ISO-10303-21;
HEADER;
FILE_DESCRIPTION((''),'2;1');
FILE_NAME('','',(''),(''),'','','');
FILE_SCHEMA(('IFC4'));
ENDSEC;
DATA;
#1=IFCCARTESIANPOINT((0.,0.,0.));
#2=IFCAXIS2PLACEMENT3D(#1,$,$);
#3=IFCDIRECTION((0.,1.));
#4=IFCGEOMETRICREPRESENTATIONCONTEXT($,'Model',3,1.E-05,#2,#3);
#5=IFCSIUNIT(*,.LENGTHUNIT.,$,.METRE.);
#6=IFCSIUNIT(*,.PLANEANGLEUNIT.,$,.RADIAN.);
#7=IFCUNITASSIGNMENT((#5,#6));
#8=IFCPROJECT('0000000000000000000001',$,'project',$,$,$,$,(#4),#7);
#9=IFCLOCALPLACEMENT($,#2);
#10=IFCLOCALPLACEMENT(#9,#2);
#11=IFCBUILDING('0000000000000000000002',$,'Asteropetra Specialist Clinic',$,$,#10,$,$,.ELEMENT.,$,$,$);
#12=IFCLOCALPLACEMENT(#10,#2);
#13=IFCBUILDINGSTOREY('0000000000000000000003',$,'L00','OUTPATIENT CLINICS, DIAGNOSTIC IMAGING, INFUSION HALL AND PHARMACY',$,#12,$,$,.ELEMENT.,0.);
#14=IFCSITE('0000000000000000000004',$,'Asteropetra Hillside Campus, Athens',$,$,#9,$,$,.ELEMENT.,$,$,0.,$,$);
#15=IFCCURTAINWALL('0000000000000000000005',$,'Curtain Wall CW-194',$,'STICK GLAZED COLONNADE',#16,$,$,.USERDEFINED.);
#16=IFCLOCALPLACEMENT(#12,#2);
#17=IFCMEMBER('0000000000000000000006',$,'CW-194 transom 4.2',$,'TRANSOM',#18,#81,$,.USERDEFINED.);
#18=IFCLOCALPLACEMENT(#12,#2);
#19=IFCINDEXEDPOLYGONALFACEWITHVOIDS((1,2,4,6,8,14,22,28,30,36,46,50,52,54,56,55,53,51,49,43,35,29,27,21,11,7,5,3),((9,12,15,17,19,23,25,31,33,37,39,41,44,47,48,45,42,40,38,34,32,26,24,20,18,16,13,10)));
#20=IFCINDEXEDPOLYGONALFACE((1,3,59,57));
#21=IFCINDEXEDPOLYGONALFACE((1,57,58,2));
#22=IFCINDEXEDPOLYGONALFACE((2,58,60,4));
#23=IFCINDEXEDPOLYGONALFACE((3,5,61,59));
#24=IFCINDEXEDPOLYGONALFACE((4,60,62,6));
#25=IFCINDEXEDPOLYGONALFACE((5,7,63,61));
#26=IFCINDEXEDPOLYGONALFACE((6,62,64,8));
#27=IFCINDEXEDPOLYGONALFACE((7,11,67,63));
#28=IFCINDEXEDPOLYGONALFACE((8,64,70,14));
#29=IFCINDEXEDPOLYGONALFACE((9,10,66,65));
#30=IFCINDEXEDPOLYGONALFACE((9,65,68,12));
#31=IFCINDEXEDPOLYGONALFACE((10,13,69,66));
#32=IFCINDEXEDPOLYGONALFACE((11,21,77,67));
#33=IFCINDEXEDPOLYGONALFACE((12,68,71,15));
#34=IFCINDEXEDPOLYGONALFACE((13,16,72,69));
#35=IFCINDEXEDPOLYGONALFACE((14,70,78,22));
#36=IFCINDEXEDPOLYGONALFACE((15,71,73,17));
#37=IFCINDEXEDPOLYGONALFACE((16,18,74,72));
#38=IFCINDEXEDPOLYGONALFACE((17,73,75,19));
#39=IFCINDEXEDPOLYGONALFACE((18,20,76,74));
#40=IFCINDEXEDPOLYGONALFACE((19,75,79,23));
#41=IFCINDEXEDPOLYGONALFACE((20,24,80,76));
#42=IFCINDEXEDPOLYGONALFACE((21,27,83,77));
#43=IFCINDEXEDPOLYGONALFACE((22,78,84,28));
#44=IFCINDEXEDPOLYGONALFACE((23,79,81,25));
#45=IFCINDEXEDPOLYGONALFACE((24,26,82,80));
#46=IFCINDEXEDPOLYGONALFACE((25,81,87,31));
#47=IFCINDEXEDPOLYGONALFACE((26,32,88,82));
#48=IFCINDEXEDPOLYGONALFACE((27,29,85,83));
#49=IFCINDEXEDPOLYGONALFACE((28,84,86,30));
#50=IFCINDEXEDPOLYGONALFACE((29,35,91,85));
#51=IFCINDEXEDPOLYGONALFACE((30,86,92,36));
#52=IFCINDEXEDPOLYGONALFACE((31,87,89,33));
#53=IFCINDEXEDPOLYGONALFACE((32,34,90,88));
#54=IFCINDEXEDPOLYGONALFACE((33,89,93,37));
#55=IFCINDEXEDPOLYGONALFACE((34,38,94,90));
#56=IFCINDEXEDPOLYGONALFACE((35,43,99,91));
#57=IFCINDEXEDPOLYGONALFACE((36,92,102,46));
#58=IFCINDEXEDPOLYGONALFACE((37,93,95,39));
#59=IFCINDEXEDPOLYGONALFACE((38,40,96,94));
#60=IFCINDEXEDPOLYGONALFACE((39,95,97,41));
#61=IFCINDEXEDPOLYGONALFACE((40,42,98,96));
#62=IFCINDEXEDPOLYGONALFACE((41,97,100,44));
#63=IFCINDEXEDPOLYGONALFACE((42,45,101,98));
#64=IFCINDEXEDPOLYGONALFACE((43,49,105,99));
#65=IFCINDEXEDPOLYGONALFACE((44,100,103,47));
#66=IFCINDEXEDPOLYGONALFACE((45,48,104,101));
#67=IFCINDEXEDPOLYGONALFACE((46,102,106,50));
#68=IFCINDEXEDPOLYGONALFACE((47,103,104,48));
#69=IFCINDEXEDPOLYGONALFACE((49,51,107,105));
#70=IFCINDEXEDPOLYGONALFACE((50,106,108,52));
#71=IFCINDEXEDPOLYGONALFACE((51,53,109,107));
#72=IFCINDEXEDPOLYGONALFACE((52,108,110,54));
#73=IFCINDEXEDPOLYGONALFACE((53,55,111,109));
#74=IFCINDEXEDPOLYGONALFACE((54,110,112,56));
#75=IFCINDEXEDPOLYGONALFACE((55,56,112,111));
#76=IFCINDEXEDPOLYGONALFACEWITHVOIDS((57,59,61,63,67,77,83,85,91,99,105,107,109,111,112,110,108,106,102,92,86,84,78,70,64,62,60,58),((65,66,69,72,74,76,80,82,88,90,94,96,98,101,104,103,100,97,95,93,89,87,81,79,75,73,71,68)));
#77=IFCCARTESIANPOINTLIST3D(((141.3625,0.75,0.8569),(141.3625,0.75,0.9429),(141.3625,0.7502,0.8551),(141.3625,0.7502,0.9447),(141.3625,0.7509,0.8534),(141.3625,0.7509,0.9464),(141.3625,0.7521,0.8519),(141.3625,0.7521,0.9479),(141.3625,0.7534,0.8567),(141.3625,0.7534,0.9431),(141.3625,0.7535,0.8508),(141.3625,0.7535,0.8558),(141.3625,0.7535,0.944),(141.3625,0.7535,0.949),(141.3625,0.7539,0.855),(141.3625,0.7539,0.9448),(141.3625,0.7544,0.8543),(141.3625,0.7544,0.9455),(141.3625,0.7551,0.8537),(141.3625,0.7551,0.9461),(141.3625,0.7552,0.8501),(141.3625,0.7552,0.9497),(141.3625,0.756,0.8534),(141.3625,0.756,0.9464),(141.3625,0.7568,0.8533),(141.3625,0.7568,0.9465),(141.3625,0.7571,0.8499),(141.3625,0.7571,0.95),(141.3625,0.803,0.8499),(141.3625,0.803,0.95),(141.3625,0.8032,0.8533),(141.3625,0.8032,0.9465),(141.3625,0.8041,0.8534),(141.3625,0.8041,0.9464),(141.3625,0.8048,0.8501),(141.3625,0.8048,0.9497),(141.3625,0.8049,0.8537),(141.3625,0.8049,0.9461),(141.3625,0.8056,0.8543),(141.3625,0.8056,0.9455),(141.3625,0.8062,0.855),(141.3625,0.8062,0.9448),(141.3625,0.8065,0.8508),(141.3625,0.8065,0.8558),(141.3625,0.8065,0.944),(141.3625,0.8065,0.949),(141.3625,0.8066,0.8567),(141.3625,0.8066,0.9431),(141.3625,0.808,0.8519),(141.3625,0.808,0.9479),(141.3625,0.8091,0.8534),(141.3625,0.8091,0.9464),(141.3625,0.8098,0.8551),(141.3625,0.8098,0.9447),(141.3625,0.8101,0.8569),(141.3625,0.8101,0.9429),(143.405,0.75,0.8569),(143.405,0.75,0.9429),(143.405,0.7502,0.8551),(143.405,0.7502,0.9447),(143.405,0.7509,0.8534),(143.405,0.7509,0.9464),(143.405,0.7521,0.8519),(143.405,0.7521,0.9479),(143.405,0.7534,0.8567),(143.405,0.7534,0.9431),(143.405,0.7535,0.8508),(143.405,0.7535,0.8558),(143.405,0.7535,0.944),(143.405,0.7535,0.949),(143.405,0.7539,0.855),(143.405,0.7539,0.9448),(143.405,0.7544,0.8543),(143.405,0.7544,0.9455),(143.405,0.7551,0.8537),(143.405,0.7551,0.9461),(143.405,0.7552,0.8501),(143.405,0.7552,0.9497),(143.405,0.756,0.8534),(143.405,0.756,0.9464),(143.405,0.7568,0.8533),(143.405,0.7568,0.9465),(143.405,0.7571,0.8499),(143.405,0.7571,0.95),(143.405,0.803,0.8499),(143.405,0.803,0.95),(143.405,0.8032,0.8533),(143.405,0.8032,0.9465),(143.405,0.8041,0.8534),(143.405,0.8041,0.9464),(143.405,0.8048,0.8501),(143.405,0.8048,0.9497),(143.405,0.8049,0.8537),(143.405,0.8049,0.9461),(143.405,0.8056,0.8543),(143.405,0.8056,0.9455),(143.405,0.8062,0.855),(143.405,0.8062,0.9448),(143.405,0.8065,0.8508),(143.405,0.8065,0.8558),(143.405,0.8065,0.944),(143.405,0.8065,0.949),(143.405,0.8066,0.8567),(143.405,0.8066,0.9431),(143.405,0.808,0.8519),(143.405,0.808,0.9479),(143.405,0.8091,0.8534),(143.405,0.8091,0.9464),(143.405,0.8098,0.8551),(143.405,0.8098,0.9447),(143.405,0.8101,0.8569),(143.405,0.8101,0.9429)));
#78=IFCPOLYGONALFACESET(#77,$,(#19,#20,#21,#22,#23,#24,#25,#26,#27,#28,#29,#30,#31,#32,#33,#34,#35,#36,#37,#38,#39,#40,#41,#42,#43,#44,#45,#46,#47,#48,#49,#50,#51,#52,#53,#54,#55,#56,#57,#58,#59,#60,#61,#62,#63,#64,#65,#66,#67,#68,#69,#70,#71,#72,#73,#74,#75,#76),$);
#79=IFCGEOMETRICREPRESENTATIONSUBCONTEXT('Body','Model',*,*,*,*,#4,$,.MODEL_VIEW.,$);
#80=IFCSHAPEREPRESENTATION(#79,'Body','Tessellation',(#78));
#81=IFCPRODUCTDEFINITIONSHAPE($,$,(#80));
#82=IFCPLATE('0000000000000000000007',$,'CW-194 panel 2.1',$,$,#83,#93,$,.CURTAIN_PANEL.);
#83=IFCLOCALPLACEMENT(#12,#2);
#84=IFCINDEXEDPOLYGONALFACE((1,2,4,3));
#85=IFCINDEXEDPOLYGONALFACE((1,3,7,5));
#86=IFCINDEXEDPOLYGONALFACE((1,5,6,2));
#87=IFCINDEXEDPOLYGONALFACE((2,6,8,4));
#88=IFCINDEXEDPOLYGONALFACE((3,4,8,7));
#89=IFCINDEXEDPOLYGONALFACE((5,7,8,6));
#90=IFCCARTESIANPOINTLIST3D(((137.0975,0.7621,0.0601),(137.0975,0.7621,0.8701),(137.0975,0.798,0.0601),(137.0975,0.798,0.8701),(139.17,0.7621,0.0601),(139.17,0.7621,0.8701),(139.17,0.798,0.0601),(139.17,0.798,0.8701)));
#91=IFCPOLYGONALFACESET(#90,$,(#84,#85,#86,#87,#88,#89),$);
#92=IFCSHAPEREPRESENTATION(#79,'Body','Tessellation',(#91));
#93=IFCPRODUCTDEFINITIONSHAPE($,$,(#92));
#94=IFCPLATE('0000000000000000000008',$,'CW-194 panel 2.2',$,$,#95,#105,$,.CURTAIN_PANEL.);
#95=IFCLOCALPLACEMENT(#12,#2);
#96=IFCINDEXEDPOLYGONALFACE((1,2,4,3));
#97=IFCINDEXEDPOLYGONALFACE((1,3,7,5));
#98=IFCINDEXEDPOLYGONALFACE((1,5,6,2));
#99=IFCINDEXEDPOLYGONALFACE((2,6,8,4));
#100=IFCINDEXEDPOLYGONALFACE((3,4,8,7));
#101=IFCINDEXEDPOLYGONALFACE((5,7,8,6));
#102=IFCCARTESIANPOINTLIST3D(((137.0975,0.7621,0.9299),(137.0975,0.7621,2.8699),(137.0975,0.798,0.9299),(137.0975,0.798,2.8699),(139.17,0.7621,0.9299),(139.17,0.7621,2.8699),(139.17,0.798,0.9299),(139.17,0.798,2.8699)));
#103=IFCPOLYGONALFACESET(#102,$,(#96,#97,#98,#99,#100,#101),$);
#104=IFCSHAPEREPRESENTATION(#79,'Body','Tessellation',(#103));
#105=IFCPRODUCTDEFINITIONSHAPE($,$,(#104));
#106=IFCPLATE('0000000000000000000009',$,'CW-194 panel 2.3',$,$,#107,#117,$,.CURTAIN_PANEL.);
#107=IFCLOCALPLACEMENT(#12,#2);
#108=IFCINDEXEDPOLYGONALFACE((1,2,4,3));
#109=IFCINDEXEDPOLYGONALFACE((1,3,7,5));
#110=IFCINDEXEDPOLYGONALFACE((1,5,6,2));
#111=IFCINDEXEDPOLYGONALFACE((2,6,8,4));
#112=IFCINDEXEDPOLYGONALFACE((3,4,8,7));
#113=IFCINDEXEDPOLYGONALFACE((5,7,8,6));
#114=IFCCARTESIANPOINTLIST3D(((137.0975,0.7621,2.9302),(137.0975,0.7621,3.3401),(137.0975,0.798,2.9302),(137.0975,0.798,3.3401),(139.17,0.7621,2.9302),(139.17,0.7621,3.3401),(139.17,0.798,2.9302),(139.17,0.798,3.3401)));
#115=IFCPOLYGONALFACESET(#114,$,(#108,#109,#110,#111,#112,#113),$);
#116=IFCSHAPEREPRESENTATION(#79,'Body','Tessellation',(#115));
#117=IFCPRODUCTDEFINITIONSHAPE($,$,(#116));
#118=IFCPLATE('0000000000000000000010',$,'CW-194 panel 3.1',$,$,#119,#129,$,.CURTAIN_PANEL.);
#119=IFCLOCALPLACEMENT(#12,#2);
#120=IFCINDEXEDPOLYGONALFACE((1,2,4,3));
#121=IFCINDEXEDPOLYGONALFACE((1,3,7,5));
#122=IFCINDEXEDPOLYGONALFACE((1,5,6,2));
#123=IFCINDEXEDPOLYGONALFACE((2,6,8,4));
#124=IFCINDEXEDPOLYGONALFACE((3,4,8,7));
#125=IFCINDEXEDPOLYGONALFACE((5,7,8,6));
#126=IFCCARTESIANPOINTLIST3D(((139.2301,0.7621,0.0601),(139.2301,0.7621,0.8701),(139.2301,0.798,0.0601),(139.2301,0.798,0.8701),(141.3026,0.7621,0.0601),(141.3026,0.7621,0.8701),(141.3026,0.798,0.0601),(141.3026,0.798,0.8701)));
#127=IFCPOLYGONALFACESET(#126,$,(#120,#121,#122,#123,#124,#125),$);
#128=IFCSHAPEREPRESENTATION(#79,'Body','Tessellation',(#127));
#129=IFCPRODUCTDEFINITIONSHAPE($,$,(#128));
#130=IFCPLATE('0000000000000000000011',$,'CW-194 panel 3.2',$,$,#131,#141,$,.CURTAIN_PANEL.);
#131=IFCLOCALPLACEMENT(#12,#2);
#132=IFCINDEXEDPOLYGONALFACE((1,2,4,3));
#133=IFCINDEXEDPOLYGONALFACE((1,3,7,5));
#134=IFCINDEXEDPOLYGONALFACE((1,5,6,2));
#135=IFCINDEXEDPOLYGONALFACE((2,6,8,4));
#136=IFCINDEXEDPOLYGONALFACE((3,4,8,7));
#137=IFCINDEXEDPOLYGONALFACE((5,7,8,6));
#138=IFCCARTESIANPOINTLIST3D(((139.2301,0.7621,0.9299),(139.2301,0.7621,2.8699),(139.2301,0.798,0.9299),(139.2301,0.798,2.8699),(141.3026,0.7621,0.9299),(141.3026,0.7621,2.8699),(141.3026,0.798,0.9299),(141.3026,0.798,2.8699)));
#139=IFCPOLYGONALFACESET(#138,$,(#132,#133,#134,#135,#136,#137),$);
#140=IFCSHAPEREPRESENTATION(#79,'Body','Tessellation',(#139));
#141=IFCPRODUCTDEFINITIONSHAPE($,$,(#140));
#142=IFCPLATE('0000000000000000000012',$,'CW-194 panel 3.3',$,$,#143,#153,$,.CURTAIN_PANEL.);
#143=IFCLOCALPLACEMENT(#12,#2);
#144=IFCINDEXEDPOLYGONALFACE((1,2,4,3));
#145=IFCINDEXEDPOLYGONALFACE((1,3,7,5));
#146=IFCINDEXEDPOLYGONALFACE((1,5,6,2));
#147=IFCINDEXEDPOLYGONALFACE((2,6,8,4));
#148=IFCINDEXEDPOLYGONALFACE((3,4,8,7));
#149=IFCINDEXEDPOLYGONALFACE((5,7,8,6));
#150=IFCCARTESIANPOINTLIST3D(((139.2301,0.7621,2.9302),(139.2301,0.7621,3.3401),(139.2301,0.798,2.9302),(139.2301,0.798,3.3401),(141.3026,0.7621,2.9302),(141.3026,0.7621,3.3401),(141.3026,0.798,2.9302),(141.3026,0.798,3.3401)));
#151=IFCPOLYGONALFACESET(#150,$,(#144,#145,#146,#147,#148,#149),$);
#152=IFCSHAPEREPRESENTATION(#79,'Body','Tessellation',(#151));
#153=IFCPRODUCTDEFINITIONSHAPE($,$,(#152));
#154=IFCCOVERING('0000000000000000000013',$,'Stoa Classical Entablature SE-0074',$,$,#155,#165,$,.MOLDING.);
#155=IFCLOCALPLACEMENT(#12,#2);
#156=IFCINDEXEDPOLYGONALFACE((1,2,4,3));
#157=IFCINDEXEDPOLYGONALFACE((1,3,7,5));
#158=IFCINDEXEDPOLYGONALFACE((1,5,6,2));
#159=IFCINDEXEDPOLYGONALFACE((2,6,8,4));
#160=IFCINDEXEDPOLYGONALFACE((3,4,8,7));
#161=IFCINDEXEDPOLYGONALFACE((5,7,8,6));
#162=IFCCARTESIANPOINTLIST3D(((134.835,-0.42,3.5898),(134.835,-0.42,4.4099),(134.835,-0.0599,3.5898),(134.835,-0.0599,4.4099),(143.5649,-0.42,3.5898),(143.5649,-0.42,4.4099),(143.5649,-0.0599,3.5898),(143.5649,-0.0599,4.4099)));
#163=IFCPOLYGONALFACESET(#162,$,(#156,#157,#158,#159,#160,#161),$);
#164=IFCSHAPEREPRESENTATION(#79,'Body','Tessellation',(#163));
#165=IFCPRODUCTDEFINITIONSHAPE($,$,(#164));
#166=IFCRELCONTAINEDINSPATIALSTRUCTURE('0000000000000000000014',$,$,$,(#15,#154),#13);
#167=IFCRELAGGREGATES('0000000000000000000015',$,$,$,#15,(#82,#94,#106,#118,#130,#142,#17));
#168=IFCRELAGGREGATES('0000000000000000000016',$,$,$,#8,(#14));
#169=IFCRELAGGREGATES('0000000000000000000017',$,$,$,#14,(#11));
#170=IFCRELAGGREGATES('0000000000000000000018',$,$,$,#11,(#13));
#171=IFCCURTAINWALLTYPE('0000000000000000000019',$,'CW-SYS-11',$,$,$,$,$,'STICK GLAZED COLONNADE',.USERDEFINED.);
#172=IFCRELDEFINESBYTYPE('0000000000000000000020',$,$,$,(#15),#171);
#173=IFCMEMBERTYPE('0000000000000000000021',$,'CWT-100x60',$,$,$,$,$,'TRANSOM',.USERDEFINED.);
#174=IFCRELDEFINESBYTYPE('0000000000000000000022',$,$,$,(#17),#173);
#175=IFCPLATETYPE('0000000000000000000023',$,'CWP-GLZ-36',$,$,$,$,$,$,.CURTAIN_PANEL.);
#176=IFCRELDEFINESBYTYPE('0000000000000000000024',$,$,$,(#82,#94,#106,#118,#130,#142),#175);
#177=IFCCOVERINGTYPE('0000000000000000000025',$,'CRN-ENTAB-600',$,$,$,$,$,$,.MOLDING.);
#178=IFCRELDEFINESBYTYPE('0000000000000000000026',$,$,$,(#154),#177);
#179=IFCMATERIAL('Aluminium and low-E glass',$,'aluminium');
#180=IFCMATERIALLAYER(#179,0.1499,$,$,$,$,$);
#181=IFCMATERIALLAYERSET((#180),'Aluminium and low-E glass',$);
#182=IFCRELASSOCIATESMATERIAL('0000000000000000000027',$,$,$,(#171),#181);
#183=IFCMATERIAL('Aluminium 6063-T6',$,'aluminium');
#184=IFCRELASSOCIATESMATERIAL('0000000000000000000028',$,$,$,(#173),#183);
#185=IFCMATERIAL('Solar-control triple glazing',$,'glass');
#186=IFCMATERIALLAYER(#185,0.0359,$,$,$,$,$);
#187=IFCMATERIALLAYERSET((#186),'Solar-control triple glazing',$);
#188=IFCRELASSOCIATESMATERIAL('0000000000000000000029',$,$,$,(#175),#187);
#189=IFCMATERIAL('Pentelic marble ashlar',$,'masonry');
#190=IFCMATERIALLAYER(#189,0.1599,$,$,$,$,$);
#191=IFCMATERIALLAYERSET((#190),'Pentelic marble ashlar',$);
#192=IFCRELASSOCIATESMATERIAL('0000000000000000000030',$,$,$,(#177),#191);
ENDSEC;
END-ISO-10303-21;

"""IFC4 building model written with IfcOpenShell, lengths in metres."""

from ifc_helpers import new_model, si_unit, direction, frame, origin, origin_2d, place, context, subcontext, project, spatial, rectangle, hollow_rectangle, extrude, material, layer, layer_set, material_profile, profile_set, type_object, element, aggregate, save


model = new_model("IFC4")

# Units and contexts
model_context = context("Model", 3, precision=1e-05, world=origin(), true_north=direction((0.0, 1.0)))
body_context = subcontext(model_context, "Body", "Model", "MODEL_VIEW")
ifc_project = project(units=[si_unit("LENGTHUNIT", "METRE"), si_unit("PLANEANGLEUNIT", "RADIAN")], contexts=[model_context])

# Site, building, storey
site_placement = place(None, origin())
site = spatial("IfcSite", under=ifc_project, at=site_placement, Name="Asteropetra Hillside Campus, Athens", CompositionType="ELEMENT", RefElevation=0.0)
building_placement = place(site_placement, origin())
building = spatial("IfcBuilding", under=site, at=building_placement, Name="Asteropetra Specialist Clinic", CompositionType="ELEMENT")
storey_placement = place(building_placement, origin())
storey = spatial("IfcBuildingStorey", under=building, at=storey_placement, Name="L00", Description="OUTPATIENT CLINICS, DIAGNOSTIC IMAGING, INFUSION HALL AND PHARMACY", CompositionType="ELEMENT", Elevation=0.0)

# Curtain wall, member, plates
ifc_material_1 = material(Name="Aluminium and low-E glass", Category="aluminium")
ifc_layer_1 = layer(ifc_material_1, 0.1499)
ifc_layer_set_1 = layer_set([ifc_layer_1], Name="Aluminium and low-E glass")
curtain_wall_type = type_object("IfcCurtainWallType", Name="CW-SYS-11", ElementType="STICK GLAZED COLONNADE", PredefinedType="USERDEFINED", material=ifc_layer_set_1)
curtain_wall_placement = place(storey_placement, origin())
curtain_wall = element("IfcCurtainWall", 1, at=curtain_wall_placement, inside=storey, type_object=curtain_wall_type, Name="Curtain Wall CW-194", ObjectType="STICK GLAZED COLONNADE", PredefinedType="USERDEFINED")
ifc_material_2 = material(Name="Aluminium 6063-T6", Category="aluminium")
ifc_material_profile_1 = material_profile(ifc_material_2, hollow_rectangle(XDim=0.0601, YDim=0.1001, WallThickness=0.0034, InnerFilletRadius=0.0034, OuterFilletRadius=0.0071, at=origin_2d()), Name="TRN 100x60x3.5")
ifc_profile_set_1 = profile_set([ifc_material_profile_1], Name="Aluminium 6063-T6")
member_type_1 = type_object("IfcMemberType", Name="CWT-100x60", ElementType="TRANSOM", PredefinedType="USERDEFINED", material=ifc_profile_set_1)
member_1_placement = place(storey_placement, frame((141.3625, 0.78, 0.8999), z_axis=(1.0, 0.0, 0.0), x_axis=(0.0, 1.0, 0.0)))
member_1 = element("IfcMember", 2, at=member_1_placement, type_object=member_type_1, Name="CW-194 transom 4.2", ObjectType="TRANSOM", PredefinedType="USERDEFINED", context=body_context, shape_type="SweptSolid", body=[
    extrude(hollow_rectangle(XDim=0.0601, YDim=0.1001, WallThickness=0.0034, InnerFilletRadius=0.0034, OuterFilletRadius=0.0071, at=origin_2d()), origin(), (0.0, 0.0, 1.0), 2.0425),
])
ifc_material_3 = material(Name="Solar-control triple glazing", Category="glass")
ifc_layer_2 = layer(ifc_material_3, 0.0359)
ifc_layer_set_2 = layer_set([ifc_layer_2], Name="Solar-control triple glazing")
plate_type = type_object("IfcPlateType", Name="CWP-GLZ-36", PredefinedType="CURTAIN_PANEL", material=ifc_layer_set_2)
plate_1_placement = place(storey_placement, frame((138.1338, 0.78, 0.0601), z_axis=(0.0, 0.0, 1.0), x_axis=(1.0, 0.0, 0.0)))
plate_1 = element("IfcPlate", 3, at=plate_1_placement, type_object=plate_type, Name="CW-194 panel 2.1", PredefinedType="CURTAIN_PANEL", context=body_context, shape_type="SweptSolid", body=[
    extrude(rectangle(XDim=2.0725, YDim=0.0359, at=origin_2d()), origin(), (0.0, 0.0, 1.0), 0.8101),
])
plate_2_placement = place(storey_placement, frame((138.1338, 0.78, 0.9299), z_axis=(0.0, 0.0, 1.0), x_axis=(1.0, 0.0, 0.0)))
plate_2 = element("IfcPlate", 4, at=plate_2_placement, type_object=plate_type, Name="CW-194 panel 2.2", PredefinedType="CURTAIN_PANEL", context=body_context, shape_type="SweptSolid", body=[
    extrude(rectangle(XDim=2.0725, YDim=0.0359, at=origin_2d()), origin(), (0.0, 0.0, 1.0), 1.9399),
])
plate_3_placement = place(storey_placement, frame((138.1338, 0.78, 2.9302), z_axis=(0.0, 0.0, 1.0), x_axis=(1.0, 0.0, 0.0)))
plate_3 = element("IfcPlate", 5, at=plate_3_placement, type_object=plate_type, Name="CW-194 panel 2.3", PredefinedType="CURTAIN_PANEL", context=body_context, shape_type="SweptSolid", body=[
    extrude(rectangle(XDim=2.0725, YDim=0.0359, at=origin_2d()), origin(), (0.0, 0.0, 1.0), 0.4099),
])
plate_4_placement = place(storey_placement, frame((140.2664, 0.78, 0.0601), z_axis=(0.0, 0.0, 1.0), x_axis=(1.0, 0.0, 0.0)))
plate_4 = element("IfcPlate", 6, at=plate_4_placement, type_object=plate_type, Name="CW-194 panel 3.1", PredefinedType="CURTAIN_PANEL", context=body_context, shape_type="SweptSolid", body=[
    extrude(rectangle(XDim=2.0725, YDim=0.0359, at=origin_2d()), origin(), (0.0, 0.0, 1.0), 0.8101),
])
plate_5_placement = place(storey_placement, frame((140.2664, 0.78, 0.9299), z_axis=(0.0, 0.0, 1.0), x_axis=(1.0, 0.0, 0.0)))
plate_5 = element("IfcPlate", 7, at=plate_5_placement, type_object=plate_type, Name="CW-194 panel 3.2", PredefinedType="CURTAIN_PANEL", context=body_context, shape_type="SweptSolid", body=[
    extrude(rectangle(XDim=2.0725, YDim=0.0359, at=origin_2d()), origin(), (0.0, 0.0, 1.0), 1.9399),
])
plate_6_placement = place(storey_placement, frame((140.2664, 0.78, 2.9302), z_axis=(0.0, 0.0, 1.0), x_axis=(1.0, 0.0, 0.0)))
plate_6 = element("IfcPlate", 8, at=plate_6_placement, type_object=plate_type, Name="CW-194 panel 3.3", PredefinedType="CURTAIN_PANEL", context=body_context, shape_type="SweptSolid", body=[
    extrude(rectangle(XDim=2.0725, YDim=0.0359, at=origin_2d()), origin(), (0.0, 0.0, 1.0), 0.4099),
])
aggregate(curtain_wall, [plate_1, plate_2, plate_3, plate_4, plate_5, plate_6, member_1])

# Covering
ifc_material_4 = material(Name="Pentelic marble ashlar", Category="masonry")
ifc_layer_3 = layer(ifc_material_4, 0.1599)
ifc_layer_set_3 = layer_set([ifc_layer_3], Name="Pentelic marble ashlar")
covering_type = type_object("IfcCoveringType", Name="CRN-ENTAB-600", PredefinedType="MOLDING", material=ifc_layer_set_3)
covering_placement = place(storey_placement, frame((139.2, -0.24, 3.5898), z_axis=(0.0, 0.0, 1.0), x_axis=(1.0, 0.0, 0.0)))
element("IfcCovering", 9, at=covering_placement, inside=storey, type_object=covering_type, Name="Stoa Classical Entablature SE-0074", PredefinedType="MOLDING", context=body_context, shape_type="SweptSolid", body=[
    extrude(rectangle(XDim=8.73, YDim=0.3601, at=origin_2d()), origin(), (0.0, 0.0, 1.0), 0.8201),
])

save(model, "model.ifc")
